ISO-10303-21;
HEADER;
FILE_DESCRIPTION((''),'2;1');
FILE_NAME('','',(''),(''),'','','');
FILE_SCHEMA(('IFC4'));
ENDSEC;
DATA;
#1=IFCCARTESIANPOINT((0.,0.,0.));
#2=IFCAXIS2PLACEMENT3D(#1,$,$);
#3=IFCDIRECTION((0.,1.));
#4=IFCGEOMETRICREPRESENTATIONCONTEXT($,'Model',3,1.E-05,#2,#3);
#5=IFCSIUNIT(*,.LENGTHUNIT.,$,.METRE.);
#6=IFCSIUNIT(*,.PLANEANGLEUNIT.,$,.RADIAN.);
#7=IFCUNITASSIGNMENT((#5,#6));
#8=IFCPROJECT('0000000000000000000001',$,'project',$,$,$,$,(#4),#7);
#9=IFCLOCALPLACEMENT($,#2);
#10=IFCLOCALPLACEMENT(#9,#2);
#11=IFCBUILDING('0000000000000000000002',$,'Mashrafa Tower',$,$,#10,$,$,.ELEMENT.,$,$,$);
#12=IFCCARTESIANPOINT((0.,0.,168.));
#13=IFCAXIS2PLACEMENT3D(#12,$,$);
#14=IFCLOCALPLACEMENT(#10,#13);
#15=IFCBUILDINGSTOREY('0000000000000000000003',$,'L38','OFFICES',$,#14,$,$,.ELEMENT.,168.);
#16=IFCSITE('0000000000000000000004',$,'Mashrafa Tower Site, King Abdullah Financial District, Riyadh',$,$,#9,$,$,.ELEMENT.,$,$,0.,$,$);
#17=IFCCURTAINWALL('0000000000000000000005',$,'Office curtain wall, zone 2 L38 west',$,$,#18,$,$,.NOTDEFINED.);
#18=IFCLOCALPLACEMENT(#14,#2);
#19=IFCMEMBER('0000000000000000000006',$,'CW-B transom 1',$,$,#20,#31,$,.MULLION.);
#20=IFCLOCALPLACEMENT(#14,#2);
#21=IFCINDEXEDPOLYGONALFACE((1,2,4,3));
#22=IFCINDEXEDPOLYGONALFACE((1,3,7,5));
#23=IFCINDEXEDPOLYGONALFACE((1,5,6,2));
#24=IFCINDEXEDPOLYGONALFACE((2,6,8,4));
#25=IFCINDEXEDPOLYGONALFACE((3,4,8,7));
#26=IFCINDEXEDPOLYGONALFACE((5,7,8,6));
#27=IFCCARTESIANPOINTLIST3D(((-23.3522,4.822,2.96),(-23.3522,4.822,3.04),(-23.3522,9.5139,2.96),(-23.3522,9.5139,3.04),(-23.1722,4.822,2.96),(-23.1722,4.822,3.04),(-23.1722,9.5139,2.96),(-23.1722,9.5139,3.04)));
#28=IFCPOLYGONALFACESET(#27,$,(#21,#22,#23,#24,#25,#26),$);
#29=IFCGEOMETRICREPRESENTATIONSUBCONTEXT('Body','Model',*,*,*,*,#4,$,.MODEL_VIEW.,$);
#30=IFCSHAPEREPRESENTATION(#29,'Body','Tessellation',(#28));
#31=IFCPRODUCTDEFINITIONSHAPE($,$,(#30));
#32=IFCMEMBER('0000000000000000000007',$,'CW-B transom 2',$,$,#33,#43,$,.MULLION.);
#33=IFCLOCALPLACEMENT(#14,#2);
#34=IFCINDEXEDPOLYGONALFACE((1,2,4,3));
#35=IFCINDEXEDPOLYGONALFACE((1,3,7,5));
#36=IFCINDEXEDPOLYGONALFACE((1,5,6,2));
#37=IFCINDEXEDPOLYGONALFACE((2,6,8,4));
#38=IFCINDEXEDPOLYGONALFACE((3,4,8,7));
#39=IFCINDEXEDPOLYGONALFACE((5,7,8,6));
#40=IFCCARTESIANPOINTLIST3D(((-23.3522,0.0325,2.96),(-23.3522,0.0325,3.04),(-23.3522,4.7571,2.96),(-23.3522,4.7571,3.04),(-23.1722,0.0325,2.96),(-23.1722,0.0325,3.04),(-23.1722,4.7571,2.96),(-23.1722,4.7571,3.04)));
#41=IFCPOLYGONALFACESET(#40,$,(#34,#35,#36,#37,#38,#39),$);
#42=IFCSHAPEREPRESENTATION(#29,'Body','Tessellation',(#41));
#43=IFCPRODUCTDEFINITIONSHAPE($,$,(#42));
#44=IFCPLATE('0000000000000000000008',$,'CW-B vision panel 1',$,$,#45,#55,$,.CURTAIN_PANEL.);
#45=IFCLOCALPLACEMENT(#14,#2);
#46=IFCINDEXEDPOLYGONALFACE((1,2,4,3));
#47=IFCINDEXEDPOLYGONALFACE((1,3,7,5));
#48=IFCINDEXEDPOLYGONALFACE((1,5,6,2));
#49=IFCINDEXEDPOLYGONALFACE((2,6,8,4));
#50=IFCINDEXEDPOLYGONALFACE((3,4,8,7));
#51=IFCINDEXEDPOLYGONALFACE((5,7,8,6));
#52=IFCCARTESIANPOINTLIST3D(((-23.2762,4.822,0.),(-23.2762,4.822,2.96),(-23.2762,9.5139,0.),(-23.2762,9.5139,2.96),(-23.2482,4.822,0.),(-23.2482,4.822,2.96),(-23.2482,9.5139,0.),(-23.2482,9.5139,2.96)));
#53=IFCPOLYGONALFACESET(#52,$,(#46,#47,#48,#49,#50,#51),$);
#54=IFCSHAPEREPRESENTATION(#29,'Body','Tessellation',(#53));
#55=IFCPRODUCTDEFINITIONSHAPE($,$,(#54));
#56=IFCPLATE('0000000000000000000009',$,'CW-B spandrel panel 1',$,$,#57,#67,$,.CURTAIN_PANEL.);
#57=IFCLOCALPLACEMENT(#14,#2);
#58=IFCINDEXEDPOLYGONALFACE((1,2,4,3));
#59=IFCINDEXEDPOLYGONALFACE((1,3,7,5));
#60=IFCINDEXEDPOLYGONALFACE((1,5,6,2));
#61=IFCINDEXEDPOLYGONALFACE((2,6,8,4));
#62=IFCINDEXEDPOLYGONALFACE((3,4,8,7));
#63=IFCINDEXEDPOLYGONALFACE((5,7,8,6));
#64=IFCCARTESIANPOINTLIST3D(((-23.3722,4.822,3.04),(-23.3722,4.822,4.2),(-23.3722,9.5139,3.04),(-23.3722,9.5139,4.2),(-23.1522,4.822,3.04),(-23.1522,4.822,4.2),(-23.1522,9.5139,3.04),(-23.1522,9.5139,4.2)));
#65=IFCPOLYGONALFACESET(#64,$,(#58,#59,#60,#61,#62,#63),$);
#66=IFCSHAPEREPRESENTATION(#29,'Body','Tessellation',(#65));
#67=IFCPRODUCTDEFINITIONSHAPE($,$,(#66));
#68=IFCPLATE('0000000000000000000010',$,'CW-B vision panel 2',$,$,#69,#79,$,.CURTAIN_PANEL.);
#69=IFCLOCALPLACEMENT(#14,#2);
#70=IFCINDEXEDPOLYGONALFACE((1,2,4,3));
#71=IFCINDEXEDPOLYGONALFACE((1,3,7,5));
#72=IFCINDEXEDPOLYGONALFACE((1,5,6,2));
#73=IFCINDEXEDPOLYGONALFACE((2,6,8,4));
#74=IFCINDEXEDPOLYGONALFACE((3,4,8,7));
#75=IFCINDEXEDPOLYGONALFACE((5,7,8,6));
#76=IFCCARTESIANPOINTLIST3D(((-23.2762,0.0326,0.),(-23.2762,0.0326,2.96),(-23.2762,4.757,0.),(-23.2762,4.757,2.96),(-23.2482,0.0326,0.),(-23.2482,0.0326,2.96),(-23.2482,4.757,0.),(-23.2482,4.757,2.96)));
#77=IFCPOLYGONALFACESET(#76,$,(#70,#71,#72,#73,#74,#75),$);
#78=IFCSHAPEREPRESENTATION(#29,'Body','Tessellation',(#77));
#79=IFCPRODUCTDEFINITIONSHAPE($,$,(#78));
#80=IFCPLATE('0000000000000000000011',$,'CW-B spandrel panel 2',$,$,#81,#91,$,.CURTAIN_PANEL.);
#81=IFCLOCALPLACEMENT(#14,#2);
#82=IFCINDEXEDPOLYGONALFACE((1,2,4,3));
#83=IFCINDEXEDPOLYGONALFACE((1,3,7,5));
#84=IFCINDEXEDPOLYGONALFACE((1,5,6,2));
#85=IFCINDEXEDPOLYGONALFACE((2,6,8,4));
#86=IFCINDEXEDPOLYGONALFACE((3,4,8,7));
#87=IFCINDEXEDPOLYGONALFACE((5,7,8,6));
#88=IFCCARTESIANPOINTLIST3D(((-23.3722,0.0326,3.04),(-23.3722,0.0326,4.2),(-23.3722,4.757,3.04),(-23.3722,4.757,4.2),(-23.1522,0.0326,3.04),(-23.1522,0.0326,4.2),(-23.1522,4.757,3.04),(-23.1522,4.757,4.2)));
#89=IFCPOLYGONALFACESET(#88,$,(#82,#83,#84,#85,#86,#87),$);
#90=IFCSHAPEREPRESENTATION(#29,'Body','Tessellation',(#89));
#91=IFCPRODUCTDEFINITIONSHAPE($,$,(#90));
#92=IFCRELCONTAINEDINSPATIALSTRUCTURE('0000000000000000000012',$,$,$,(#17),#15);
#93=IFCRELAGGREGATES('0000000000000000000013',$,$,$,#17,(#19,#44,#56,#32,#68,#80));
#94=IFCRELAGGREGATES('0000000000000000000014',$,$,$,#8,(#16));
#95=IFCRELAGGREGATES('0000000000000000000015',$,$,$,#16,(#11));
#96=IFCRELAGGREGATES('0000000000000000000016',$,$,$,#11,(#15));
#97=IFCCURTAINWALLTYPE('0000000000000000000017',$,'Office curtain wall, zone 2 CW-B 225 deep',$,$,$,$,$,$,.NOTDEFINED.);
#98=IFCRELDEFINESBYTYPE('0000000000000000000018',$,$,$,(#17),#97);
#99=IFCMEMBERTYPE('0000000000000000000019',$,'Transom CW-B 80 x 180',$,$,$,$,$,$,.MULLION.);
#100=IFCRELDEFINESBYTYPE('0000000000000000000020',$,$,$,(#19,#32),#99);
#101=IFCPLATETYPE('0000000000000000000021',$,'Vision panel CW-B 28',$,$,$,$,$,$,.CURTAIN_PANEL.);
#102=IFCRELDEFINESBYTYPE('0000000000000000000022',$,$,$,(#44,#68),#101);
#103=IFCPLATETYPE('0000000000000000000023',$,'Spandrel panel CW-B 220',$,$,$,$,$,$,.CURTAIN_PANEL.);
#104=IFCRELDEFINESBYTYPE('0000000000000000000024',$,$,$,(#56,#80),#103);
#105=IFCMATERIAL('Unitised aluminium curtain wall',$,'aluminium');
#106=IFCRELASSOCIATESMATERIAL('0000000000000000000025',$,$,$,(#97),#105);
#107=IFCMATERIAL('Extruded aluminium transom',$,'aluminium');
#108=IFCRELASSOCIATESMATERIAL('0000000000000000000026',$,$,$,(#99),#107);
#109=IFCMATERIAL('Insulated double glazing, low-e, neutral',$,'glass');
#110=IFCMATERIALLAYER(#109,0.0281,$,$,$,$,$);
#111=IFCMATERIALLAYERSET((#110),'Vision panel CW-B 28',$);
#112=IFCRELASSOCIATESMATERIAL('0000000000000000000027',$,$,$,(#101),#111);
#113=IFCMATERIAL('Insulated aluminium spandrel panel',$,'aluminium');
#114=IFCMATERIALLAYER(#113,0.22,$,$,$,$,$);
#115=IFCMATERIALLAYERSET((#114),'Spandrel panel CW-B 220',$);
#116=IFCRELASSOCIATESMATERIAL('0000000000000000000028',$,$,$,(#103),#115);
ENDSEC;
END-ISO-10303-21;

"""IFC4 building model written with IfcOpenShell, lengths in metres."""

from ifc_helpers import new_model, si_unit, direction, frame, origin, origin_2d, place, context, subcontext, project, spatial, rectangle, extrude, source, transform, mapped, material, layer, layer_set, material_profile, profile_set, type_object, type_shapes, element, aggregate, save


model = new_model("IFC4")

# Units and contexts
model_context = context("Model", 3, precision=1e-05, world=origin(), true_north=direction((0.0, 1.0)))
body_context = subcontext(model_context, "Body", "Model", "MODEL_VIEW")
ifc_project = project(units=[si_unit("LENGTHUNIT", "METRE"), si_unit("PLANEANGLEUNIT", "RADIAN")], contexts=[model_context])

# Site, building, storey
site_placement = place(None, origin())
site = spatial("IfcSite", under=ifc_project, at=site_placement, Name="Mashrafa Tower Site, King Abdullah Financial District, Riyadh", CompositionType="ELEMENT", RefElevation=0.0)
building_placement = place(site_placement, origin())
building = spatial("IfcBuilding", under=site, at=building_placement, Name="Mashrafa Tower", CompositionType="ELEMENT")
storey_placement = place(building_placement, frame((0.0, 0.0, 168.0)))
storey = spatial("IfcBuildingStorey", under=building, at=storey_placement, Name="L38", Description="OFFICES", CompositionType="ELEMENT", Elevation=168.0)

# Shared definitions
ifc_material_1 = material(Name="Unitised aluminium curtain wall", Category="aluminium")
curtain_wall_type = type_object("IfcCurtainWallType", Name="Office curtain wall, zone 2 CW-B 225 deep", PredefinedType="NOTDEFINED", material=ifc_material_1)

# Curtain wall, members, plates
curtain_wall_1_placement = place(storey_placement, origin())
curtain_wall_1 = element("IfcCurtainWall", 1, at=curtain_wall_1_placement, inside=storey, type_object=curtain_wall_type, Name="Office curtain wall, zone 2 L38 west", PredefinedType="NOTDEFINED")
ifc_material_2 = material(Name="Extruded aluminium transom", Category="aluminium")
ifc_material_profile_1 = material_profile(ifc_material_2, rectangle(XDim=0.1799, YDim=0.0801, at=origin_2d()), Name="Transom 80x180")
ifc_profile_set_1 = profile_set([ifc_material_profile_1], Name="Extruded aluminium transom")
member_type_1 = type_object("IfcMemberType", Name="Transom CW-B 80 x 180", PredefinedType="MULLION", material=ifc_profile_set_1)
shared_shape_1 = source(origin(), body_context, "Body", "SweptSolid", [
    extrude(rectangle(XDim=0.1799, YDim=0.0801, at=origin_2d()), origin(), (0.0, 0.0, 1.0), 4.6919),
])
member_1_placement = place(storey_placement, frame((-23.2622, 9.5139, 3.0), z_axis=(0.0, -1.0, 0.0), x_axis=(1.0, 0.0, 0.0)))
member_1 = element("IfcMember", 2, at=member_1_placement, type_object=member_type_1, Name="CW-B transom 1", PredefinedType="MULLION", context=body_context, shape_type="MappedRepresentation", body=[
    mapped(shared_shape_1, transform((0.0, 0.0, 0.0))),
])
shared_shape_2 = source(origin(), body_context, "Body", "SweptSolid", [
    extrude(rectangle(XDim=0.1799, YDim=0.0801, at=origin_2d()), origin(), (0.0, 0.0, 1.0), 4.7246),
])
type_shapes(member_type_1, [shared_shape_1, shared_shape_2])
member_2_placement = place(storey_placement, frame((-23.2622, 4.7571, 3.0), z_axis=(0.0, -1.0, 0.0), x_axis=(1.0, 0.0, 0.0)))
member_2 = element("IfcMember", 3, at=member_2_placement, type_object=member_type_1, Name="CW-B transom 2", PredefinedType="MULLION", context=body_context, shape_type="MappedRepresentation", body=[
    mapped(shared_shape_2, transform((0.0, 0.0, 0.0))),
])
ifc_material_3 = material(Name="Insulated double glazing, low-e, neutral", Category="glass")
ifc_layer_1 = layer(ifc_material_3, 0.0281)
ifc_layer_set_1 = layer_set([ifc_layer_1], Name="Vision panel CW-B 28")
plate_type_1 = type_object("IfcPlateType", Name="Vision panel CW-B 28", PredefinedType="CURTAIN_PANEL", material=ifc_layer_set_1)
shared_shape_3 = source(origin(), body_context, "Body", "SweptSolid", [
    extrude(rectangle(XDim=4.6919, YDim=0.0281, at=origin_2d()), origin(), (0.0, 0.0, 1.0), 2.96),
])
plate_1_placement = place(storey_placement, frame((-23.2622, 7.168, 0.0), z_axis=(0.0, 0.0, 1.0), x_axis=(0.0, -1.0, 0.0)))
plate_1 = element("IfcPlate", 4, at=plate_1_placement, type_object=plate_type_1, Name="CW-B vision panel 1", PredefinedType="CURTAIN_PANEL", context=body_context, shape_type="MappedRepresentation", body=[
    mapped(shared_shape_3, transform((0.0, 0.0, 0.0))),
])
ifc_material_4 = material(Name="Insulated aluminium spandrel panel", Category="aluminium")
ifc_layer_2 = layer(ifc_material_4, 0.22)
ifc_layer_set_2 = layer_set([ifc_layer_2], Name="Spandrel panel CW-B 220")
plate_type_2 = type_object("IfcPlateType", Name="Spandrel panel CW-B 220", PredefinedType="CURTAIN_PANEL", material=ifc_layer_set_2)
shared_shape_4 = source(origin(), body_context, "Body", "SweptSolid", [
    extrude(rectangle(XDim=4.6919, YDim=0.22, at=origin_2d()), origin(), (0.0, 0.0, 1.0), 1.1599),
])
plate_2_placement = place(storey_placement, frame((-23.2622, 7.168, 3.04), z_axis=(0.0, 0.0, 1.0), x_axis=(0.0, -1.0, 0.0)))
plate_2 = element("IfcPlate", 5, at=plate_2_placement, type_object=plate_type_2, Name="CW-B spandrel panel 1", PredefinedType="CURTAIN_PANEL", context=body_context, shape_type="MappedRepresentation", body=[
    mapped(shared_shape_4, transform((0.0, 0.0, 0.0))),
])
shared_shape_5 = source(origin(), body_context, "Body", "SweptSolid", [
    extrude(rectangle(XDim=4.7244, YDim=0.0281, at=origin_2d()), origin(), (0.0, 0.0, 1.0), 2.96),
])
type_shapes(plate_type_1, [shared_shape_3, shared_shape_5])
plate_3_placement = place(storey_placement, frame((-23.2622, 2.3948, 0.0), z_axis=(0.0, 0.0, 1.0), x_axis=(0.0, -1.0, 0.0)))
plate_3 = element("IfcPlate", 6, at=plate_3_placement, type_object=plate_type_1, Name="CW-B vision panel 2", PredefinedType="CURTAIN_PANEL", context=body_context, shape_type="MappedRepresentation", body=[
    mapped(shared_shape_5, transform((0.0, 0.0, 0.0))),
])
shared_shape_6 = source(origin(), body_context, "Body", "SweptSolid", [
    extrude(rectangle(XDim=4.7244, YDim=0.22, at=origin_2d()), origin(), (0.0, 0.0, 1.0), 1.1599),
])
type_shapes(plate_type_2, [shared_shape_4, shared_shape_6])
plate_4_placement = place(storey_placement, frame((-23.2622, 2.3948, 3.04), z_axis=(0.0, 0.0, 1.0), x_axis=(0.0, -1.0, 0.0)))
plate_4 = element("IfcPlate", 7, at=plate_4_placement, type_object=plate_type_2, Name="CW-B spandrel panel 2", PredefinedType="CURTAIN_PANEL", context=body_context, shape_type="MappedRepresentation", body=[
    mapped(shared_shape_6, transform((0.0, 0.0, 0.0))),
])
aggregate(curtain_wall_1, [member_1, plate_1, plate_2, member_2, plate_3, plate_4])

save(model, "model.ifc")
